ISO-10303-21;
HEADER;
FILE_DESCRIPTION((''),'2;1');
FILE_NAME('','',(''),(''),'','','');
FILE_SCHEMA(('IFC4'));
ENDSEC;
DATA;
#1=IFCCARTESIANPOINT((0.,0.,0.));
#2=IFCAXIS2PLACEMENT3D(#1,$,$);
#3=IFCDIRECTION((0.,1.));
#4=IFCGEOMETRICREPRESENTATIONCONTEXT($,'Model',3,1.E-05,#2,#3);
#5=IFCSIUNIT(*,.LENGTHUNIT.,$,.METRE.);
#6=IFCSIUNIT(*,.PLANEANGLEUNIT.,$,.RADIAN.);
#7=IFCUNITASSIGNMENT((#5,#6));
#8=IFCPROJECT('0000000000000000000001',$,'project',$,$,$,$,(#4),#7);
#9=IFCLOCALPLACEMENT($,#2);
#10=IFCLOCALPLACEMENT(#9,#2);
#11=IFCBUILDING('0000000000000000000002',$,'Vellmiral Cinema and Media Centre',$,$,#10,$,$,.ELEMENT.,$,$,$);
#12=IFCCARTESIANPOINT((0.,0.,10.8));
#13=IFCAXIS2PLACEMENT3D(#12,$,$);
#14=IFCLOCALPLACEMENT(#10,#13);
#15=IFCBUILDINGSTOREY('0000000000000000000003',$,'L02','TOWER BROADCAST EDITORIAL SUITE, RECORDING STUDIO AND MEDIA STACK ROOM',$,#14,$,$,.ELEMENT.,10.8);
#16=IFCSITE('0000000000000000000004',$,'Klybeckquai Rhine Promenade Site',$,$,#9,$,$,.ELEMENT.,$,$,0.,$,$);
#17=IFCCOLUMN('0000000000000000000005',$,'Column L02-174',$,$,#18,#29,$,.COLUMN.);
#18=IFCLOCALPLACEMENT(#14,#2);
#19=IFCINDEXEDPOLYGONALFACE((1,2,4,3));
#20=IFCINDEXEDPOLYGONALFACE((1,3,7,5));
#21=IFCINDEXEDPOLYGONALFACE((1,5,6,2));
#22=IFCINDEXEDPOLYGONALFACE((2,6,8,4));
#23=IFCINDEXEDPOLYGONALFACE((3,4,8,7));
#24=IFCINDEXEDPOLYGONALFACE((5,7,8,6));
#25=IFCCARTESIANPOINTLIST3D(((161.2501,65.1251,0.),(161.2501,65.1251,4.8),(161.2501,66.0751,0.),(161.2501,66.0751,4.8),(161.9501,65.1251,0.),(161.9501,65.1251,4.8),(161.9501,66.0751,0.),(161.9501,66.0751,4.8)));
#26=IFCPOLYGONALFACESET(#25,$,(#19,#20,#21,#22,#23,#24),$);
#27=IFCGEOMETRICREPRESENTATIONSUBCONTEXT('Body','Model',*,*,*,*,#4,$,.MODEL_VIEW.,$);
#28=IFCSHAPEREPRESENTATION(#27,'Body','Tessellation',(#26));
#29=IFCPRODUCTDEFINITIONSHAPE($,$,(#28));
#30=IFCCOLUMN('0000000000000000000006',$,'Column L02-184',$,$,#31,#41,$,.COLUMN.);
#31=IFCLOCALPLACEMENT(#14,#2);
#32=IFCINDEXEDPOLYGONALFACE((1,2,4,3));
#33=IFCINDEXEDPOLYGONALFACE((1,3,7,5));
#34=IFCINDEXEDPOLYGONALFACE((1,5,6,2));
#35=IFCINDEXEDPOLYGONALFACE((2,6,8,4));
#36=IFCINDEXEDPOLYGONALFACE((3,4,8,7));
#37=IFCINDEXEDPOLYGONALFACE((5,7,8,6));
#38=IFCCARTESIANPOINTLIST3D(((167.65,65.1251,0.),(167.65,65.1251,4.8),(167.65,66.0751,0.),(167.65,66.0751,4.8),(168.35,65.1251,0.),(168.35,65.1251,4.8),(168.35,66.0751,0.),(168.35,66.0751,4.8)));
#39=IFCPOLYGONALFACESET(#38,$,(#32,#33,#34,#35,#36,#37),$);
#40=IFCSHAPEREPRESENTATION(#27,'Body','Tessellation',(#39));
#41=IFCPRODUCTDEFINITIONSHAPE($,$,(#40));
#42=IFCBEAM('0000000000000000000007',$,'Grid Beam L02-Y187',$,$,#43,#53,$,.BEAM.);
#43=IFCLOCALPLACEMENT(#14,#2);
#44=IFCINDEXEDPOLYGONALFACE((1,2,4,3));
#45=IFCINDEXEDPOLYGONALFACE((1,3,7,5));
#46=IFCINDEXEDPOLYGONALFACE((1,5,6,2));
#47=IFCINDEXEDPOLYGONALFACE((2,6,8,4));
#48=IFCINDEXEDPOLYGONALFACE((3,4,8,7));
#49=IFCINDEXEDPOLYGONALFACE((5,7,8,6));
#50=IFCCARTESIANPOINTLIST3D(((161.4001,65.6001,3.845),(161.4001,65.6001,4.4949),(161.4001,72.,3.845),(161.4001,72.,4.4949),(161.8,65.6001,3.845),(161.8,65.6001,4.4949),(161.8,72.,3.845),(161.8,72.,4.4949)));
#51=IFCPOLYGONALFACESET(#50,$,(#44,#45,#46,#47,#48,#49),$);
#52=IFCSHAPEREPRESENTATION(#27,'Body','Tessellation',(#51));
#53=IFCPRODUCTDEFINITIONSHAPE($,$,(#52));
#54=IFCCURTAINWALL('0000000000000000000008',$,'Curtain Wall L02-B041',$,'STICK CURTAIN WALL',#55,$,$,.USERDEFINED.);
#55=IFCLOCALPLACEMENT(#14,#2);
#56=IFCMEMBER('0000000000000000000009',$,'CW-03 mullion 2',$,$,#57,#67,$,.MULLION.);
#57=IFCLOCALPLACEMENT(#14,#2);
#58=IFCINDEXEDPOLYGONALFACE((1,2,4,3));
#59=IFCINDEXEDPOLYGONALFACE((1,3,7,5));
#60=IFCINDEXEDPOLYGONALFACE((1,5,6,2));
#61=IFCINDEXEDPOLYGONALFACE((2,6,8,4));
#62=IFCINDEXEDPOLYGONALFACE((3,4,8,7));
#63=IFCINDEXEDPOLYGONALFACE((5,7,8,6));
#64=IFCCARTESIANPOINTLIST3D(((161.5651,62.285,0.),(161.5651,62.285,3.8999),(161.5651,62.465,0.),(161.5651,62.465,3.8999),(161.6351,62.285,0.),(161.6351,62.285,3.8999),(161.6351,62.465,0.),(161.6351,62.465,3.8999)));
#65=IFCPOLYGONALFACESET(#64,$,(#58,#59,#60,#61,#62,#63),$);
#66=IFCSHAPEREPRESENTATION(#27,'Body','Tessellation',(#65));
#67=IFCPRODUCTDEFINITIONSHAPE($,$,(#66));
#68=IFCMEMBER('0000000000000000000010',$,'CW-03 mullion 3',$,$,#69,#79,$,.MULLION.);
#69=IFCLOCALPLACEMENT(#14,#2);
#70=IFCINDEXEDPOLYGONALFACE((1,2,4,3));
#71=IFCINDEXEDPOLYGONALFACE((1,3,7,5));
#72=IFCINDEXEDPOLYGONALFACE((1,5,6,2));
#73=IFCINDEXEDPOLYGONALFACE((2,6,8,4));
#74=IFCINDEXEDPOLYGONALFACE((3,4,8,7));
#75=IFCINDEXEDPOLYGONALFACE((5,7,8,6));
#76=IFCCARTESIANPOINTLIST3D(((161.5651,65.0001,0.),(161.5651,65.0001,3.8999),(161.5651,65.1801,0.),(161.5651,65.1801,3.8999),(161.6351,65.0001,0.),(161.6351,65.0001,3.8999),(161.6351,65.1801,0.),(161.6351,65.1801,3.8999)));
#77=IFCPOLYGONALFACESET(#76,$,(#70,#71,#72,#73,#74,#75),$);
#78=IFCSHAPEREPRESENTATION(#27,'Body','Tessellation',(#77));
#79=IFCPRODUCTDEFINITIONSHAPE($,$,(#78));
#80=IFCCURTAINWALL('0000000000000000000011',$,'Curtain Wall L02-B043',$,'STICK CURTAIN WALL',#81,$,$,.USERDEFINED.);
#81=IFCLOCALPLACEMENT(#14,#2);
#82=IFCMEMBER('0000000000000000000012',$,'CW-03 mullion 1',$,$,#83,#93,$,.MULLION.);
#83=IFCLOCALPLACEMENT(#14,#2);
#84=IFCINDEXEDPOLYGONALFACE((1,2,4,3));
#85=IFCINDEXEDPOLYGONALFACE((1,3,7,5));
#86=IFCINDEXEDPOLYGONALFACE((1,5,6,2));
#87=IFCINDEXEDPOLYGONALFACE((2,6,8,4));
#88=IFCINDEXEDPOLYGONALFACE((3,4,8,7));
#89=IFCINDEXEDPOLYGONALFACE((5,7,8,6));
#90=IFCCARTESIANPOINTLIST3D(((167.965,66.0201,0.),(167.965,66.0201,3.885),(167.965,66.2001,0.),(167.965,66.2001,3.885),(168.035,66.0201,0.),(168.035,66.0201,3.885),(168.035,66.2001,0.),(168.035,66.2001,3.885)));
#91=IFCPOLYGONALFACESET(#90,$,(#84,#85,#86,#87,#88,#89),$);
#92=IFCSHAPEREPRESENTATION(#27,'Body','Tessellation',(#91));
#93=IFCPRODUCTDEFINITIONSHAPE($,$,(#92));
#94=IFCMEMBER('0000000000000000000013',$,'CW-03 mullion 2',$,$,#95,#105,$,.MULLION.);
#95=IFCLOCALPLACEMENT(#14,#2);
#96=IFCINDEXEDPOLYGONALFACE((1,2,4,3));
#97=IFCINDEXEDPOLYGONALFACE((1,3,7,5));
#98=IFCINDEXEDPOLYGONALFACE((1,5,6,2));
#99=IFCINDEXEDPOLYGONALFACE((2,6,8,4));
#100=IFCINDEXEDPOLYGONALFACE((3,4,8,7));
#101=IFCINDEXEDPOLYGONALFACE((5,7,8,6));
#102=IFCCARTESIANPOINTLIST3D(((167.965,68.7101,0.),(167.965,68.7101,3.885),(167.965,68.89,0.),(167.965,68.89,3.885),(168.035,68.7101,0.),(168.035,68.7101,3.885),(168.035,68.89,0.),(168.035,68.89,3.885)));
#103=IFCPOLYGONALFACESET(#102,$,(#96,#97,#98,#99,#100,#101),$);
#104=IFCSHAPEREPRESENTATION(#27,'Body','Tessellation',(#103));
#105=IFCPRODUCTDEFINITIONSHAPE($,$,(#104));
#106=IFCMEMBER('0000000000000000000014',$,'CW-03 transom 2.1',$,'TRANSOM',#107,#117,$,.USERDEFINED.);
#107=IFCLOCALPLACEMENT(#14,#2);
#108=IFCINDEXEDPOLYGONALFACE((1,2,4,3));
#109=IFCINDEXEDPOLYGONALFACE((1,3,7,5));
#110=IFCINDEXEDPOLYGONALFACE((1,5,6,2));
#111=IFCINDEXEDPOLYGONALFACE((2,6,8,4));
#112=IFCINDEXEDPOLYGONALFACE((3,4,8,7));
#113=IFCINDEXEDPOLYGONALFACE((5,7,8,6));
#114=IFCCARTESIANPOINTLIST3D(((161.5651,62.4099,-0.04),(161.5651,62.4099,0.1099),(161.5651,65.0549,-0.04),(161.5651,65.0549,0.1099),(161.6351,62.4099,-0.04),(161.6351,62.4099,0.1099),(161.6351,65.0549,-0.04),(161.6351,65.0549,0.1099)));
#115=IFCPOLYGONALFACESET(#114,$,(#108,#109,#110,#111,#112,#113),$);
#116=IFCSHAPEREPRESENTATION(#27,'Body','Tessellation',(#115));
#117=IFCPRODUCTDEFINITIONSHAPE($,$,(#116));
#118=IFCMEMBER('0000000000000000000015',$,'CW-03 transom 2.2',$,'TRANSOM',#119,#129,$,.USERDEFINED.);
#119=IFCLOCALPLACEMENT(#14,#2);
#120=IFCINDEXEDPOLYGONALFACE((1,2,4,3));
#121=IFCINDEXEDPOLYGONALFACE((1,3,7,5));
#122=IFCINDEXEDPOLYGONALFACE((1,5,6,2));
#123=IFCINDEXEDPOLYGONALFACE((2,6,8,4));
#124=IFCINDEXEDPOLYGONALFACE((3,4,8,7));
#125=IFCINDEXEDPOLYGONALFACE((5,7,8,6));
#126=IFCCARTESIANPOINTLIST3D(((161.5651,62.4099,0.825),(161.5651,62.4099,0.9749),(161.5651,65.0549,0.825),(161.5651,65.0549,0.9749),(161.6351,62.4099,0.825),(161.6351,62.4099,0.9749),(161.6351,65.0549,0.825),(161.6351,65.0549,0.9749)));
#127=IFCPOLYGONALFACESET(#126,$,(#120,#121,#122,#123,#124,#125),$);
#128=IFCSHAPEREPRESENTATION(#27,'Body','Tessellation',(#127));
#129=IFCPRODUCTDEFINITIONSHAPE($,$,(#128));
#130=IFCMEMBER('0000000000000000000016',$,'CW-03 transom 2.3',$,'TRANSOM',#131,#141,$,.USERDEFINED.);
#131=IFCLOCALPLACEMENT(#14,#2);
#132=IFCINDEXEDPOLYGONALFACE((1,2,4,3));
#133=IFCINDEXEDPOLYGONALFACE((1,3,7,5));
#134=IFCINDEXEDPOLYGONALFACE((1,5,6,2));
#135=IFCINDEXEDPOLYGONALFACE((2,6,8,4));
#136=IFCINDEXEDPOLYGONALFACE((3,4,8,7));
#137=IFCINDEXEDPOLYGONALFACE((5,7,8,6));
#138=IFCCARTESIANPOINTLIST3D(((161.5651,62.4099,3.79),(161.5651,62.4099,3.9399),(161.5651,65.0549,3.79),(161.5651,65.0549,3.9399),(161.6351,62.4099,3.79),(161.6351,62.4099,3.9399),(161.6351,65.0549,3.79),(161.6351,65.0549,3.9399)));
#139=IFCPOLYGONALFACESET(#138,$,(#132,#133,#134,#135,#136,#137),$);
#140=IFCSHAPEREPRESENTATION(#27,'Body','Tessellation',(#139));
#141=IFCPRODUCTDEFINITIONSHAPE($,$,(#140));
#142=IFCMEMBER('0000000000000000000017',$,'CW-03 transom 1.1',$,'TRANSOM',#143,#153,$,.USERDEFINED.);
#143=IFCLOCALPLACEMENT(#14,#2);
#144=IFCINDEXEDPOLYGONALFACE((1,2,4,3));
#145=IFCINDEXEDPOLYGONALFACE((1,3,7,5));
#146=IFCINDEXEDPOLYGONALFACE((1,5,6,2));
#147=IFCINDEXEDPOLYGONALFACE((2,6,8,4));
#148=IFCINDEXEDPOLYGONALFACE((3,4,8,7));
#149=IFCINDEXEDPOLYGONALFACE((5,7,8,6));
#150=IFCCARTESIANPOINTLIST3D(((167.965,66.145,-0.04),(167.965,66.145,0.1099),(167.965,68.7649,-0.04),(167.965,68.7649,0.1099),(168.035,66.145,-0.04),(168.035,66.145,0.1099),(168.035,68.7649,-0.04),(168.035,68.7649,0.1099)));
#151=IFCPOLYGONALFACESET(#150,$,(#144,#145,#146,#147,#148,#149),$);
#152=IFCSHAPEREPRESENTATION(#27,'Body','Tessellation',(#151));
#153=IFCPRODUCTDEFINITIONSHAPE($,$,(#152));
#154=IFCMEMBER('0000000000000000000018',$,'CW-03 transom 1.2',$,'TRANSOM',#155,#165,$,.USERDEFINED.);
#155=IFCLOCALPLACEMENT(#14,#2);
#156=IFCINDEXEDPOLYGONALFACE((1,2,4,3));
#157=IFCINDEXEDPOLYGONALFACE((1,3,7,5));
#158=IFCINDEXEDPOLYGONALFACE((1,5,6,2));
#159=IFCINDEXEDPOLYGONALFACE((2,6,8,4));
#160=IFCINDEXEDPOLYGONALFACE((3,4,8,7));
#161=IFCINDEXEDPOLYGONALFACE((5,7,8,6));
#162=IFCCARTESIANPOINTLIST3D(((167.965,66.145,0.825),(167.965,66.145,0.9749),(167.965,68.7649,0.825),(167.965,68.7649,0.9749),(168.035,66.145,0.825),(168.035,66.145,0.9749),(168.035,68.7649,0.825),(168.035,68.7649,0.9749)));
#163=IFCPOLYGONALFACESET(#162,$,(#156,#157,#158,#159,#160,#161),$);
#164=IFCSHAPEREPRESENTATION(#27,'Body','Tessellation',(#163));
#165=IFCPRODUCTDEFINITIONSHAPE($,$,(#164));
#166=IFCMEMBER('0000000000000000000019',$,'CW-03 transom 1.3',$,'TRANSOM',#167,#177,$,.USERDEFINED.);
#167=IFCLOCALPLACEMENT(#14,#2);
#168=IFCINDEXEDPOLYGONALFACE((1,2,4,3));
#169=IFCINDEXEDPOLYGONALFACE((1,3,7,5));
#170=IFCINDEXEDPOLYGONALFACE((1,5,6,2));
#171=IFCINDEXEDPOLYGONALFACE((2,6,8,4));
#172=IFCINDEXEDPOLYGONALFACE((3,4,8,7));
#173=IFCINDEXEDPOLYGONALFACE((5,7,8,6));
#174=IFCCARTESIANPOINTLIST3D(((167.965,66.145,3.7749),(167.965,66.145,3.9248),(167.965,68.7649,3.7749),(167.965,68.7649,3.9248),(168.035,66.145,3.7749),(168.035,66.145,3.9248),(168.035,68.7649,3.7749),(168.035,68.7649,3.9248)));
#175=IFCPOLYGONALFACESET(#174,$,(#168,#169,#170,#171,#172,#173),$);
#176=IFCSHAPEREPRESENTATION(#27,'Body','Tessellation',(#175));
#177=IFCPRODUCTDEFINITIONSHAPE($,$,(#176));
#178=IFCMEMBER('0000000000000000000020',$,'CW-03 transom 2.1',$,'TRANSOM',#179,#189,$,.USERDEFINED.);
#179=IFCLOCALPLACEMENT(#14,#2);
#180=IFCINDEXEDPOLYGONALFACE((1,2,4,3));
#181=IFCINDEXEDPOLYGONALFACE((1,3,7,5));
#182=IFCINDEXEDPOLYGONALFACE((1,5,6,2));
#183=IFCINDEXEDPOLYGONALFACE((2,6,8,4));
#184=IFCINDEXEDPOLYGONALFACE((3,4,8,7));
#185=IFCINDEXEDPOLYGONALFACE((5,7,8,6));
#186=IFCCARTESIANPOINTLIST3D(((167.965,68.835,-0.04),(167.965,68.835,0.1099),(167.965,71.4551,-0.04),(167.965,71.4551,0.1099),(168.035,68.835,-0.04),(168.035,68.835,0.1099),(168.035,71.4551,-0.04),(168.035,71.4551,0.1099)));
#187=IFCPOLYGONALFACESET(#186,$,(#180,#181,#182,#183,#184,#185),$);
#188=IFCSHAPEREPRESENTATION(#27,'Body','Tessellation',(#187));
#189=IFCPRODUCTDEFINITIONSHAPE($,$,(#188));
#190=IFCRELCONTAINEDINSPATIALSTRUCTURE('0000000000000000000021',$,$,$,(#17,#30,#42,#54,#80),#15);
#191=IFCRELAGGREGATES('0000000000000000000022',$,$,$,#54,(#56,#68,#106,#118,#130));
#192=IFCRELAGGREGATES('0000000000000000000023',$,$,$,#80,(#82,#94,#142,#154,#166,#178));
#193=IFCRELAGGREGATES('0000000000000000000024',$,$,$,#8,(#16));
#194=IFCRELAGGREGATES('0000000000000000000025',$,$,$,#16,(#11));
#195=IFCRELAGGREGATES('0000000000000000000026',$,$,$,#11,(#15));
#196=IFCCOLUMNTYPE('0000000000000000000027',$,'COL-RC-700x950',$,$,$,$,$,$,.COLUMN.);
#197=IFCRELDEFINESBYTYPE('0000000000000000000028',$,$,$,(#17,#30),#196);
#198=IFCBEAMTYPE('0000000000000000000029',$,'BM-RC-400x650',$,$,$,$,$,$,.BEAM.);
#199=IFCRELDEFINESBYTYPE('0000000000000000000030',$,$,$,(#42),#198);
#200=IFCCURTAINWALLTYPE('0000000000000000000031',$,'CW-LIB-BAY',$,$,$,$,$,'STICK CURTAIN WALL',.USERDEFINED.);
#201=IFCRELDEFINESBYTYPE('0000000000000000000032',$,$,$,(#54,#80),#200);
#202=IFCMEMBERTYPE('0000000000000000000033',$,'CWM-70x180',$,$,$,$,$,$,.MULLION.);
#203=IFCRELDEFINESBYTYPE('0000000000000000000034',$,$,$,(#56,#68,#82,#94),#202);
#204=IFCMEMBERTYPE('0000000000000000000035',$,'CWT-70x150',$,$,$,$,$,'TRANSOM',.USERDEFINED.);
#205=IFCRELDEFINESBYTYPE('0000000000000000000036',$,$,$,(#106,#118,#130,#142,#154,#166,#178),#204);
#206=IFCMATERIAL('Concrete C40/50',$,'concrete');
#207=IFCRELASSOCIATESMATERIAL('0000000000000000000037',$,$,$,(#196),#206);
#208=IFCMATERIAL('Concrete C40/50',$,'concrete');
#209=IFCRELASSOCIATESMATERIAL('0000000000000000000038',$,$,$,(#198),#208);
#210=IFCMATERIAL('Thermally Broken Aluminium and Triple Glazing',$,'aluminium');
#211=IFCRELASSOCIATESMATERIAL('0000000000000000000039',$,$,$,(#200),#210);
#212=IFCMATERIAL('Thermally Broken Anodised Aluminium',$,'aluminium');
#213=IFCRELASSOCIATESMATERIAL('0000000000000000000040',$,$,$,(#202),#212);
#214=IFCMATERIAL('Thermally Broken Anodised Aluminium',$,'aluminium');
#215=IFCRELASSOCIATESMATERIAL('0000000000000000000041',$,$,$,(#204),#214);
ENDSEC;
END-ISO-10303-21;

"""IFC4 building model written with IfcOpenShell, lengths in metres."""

from ifc_helpers import new_model, si_unit, direction, frame, origin, origin_2d, place, context, subcontext, project, spatial, rectangle, extrude, material, material_profile, profile_set, type_object, element, aggregate, save


model = new_model("IFC4")

# Units and contexts
model_context = context("Model", 3, precision=1e-05, world=origin(), true_north=direction((0.0, 1.0)))
body_context = subcontext(model_context, "Body", "Model", "MODEL_VIEW")
ifc_project = project(units=[si_unit("LENGTHUNIT", "METRE"), si_unit("PLANEANGLEUNIT", "RADIAN")], contexts=[model_context])

# Site, building, storey
site_placement = place(None, origin())
site = spatial("IfcSite", under=ifc_project, at=site_placement, Name="Klybeckquai Rhine Promenade Site", CompositionType="ELEMENT", RefElevation=0.0)
building_placement = place(site_placement, origin())
building = spatial("IfcBuilding", under=site, at=building_placement, Name="Vellmiral Cinema and Media Centre", CompositionType="ELEMENT")
storey_placement = place(building_placement, frame((0.0, 0.0, 10.8)))
storey = spatial("IfcBuildingStorey", under=building, at=storey_placement, Name="L02", Description="TOWER BROADCAST EDITORIAL SUITE, RECORDING STUDIO AND MEDIA STACK ROOM", CompositionType="ELEMENT", Elevation=10.8)

# Columns
ifc_material_1 = material(Name="Concrete C40/50", Category="concrete")
ifc_material_profile_1 = material_profile(ifc_material_1, rectangle(XDim=0.7, YDim=0.95, at=origin_2d()), Name="RC 700x950")
ifc_profile_set_1 = profile_set([ifc_material_profile_1], Name="Concrete C40/50")
column_type = type_object("IfcColumnType", Name="COL-RC-700x950", PredefinedType="COLUMN", material=ifc_profile_set_1)
for number, where, z_axis, x_axis, name in (
    (1, (161.6001, 65.6001, 0.0), (0.0, 0.0, 1.0), (1.0, 0.0, 0.0), "Column L02-174"),
    (2, (168.0, 65.6001, 0.0), (0.0, 0.0, 1.0), (1.0, 0.0, 0.0), "Column L02-184"),
):
    element("IfcColumn", number, at=place(storey_placement, frame(where, z_axis=z_axis, x_axis=x_axis)), inside=storey, type_object=column_type, Name=name, PredefinedType="COLUMN", context=body_context, shape_type="SweptSolid", body=[
        extrude(rectangle(XDim=0.7, YDim=0.95, at=origin_2d()), origin(), (0.0, 0.0, 1.0), 4.8),
    ])

# Beam
ifc_material_2 = material(Name="Concrete C40/50", Category="concrete")
ifc_material_profile_2 = material_profile(ifc_material_2, rectangle(XDim=0.3999, YDim=0.6499, at=origin_2d()), Name="RC 400x650")
ifc_profile_set_2 = profile_set([ifc_material_profile_2], Name="Concrete C40/50")
beam_type_1 = type_object("IfcBeamType", Name="BM-RC-400x650", PredefinedType="BEAM", material=ifc_profile_set_2)
beam_placement = place(storey_placement, frame((161.6001, 65.6001, 4.1699), z_axis=(0.0, 1.0, 0.0), x_axis=(-1.0, 0.0, 0.0)))
element("IfcBeam", 3, at=beam_placement, inside=storey, type_object=beam_type_1, Name="Grid Beam L02-Y187", PredefinedType="BEAM", context=body_context, shape_type="SweptSolid", body=[
    extrude(rectangle(XDim=0.3999, YDim=0.6499, at=origin_2d()), origin(), (0.0, 0.0, 1.0), 6.3999),
])

# Curtain walls, members
ifc_material_3 = material(Name="Thermally Broken Aluminium and Triple Glazing", Category="aluminium")
curtain_wall_type = type_object("IfcCurtainWallType", Name="CW-LIB-BAY", ElementType="STICK CURTAIN WALL", PredefinedType="USERDEFINED", material=ifc_material_3)
curtain_wall_1_placement = place(storey_placement, origin())
curtain_wall_1 = element("IfcCurtainWall", 4, at=curtain_wall_1_placement, inside=storey, type_object=curtain_wall_type, Name="Curtain Wall L02-B041", ObjectType="STICK CURTAIN WALL", PredefinedType="USERDEFINED")
ifc_material_4 = material(Name="Thermally Broken Anodised Aluminium", Category="aluminium")
ifc_material_profile_3 = material_profile(ifc_material_4, rectangle(XDim=0.0701, YDim=0.1799, at=origin_2d()), Name="MULL 70x180")
ifc_profile_set_3 = profile_set([ifc_material_profile_3], Name="Thermally Broken Anodised Aluminium")
member_type_1 = type_object("IfcMemberType", Name="CWM-70x180", PredefinedType="MULLION", material=ifc_profile_set_3)
member_1_placement = place(storey_placement, frame((161.6001, 62.375, 0.0), z_axis=(0.0, 0.0, 1.0), x_axis=(-1.0, 0.0, 0.0)))
member_1 = element("IfcMember", 5, at=member_1_placement, type_object=member_type_1, Name="CW-03 mullion 2", PredefinedType="MULLION", context=body_context, shape_type="SweptSolid", body=[
    extrude(rectangle(XDim=0.0701, YDim=0.1799, at=origin_2d()), origin(), (0.0, 0.0, 1.0), 3.8999),
])
member_2_placement = place(storey_placement, frame((161.6001, 65.0901, 0.0), z_axis=(0.0, 0.0, 1.0), x_axis=(-1.0, 0.0, 0.0)))
member_2 = element("IfcMember", 6, at=member_2_placement, type_object=member_type_1, Name="CW-03 mullion 3", PredefinedType="MULLION", context=body_context, shape_type="SweptSolid", body=[
    extrude(rectangle(XDim=0.0701, YDim=0.1799, at=origin_2d()), origin(), (0.0, 0.0, 1.0), 3.8999),
])
curtain_wall_2_placement = place(storey_placement, origin())
curtain_wall_2 = element("IfcCurtainWall", 7, at=curtain_wall_2_placement, inside=storey, type_object=curtain_wall_type, Name="Curtain Wall L02-B043", ObjectType="STICK CURTAIN WALL", PredefinedType="USERDEFINED")
member_3_placement = place(storey_placement, frame((168.0, 66.1101, 0.0), z_axis=(0.0, 0.0, 1.0), x_axis=(-1.0, 0.0, 0.0)))
member_3 = element("IfcMember", 8, at=member_3_placement, type_object=member_type_1, Name="CW-03 mullion 1", PredefinedType="MULLION", context=body_context, shape_type="SweptSolid", body=[
    extrude(rectangle(XDim=0.0701, YDim=0.1799, at=origin_2d()), origin(), (0.0, 0.0, 1.0), 3.885),
])
member_4_placement = place(storey_placement, frame((168.0, 68.8, 0.0), z_axis=(0.0, 0.0, 1.0), x_axis=(-1.0, 0.0, 0.0)))
member_4 = element("IfcMember", 9, at=member_4_placement, type_object=member_type_1, Name="CW-03 mullion 2", PredefinedType="MULLION", context=body_context, shape_type="SweptSolid", body=[
    extrude(rectangle(XDim=0.0701, YDim=0.1799, at=origin_2d()), origin(), (0.0, 0.0, 1.0), 3.885),
])

# Members
ifc_material_5 = material(Name="Thermally Broken Anodised Aluminium", Category="aluminium")
ifc_material_profile_4 = material_profile(ifc_material_5, rectangle(XDim=0.0701, YDim=0.1499, at=origin_2d()), Name="MULL 70x150")
ifc_profile_set_4 = profile_set([ifc_material_profile_4], Name="Thermally Broken Anodised Aluminium")
member_type_2 = type_object("IfcMemberType", Name="CWT-70x150", ElementType="TRANSOM", PredefinedType="USERDEFINED", material=ifc_profile_set_4)
member_5_placement = place(storey_placement, frame((161.6001, 62.4099, 0.0349), z_axis=(0.0, 1.0, 0.0), x_axis=(-1.0, 0.0, 0.0)))
member_5 = element("IfcMember", 10, at=member_5_placement, type_object=member_type_2, Name="CW-03 transom 2.1", ObjectType="TRANSOM", PredefinedType="USERDEFINED", context=body_context, shape_type="SweptSolid", body=[
    extrude(rectangle(XDim=0.0701, YDim=0.1499, at=origin_2d()), origin(), (0.0, 0.0, 1.0), 2.645),
])
member_6_placement = place(storey_placement, frame((161.6001, 62.4099, 0.8999), z_axis=(0.0, 1.0, 0.0), x_axis=(-1.0, 0.0, 0.0)))
member_6 = element("IfcMember", 11, at=member_6_placement, type_object=member_type_2, Name="CW-03 transom 2.2", ObjectType="TRANSOM", PredefinedType="USERDEFINED", context=body_context, shape_type="SweptSolid", body=[
    extrude(rectangle(XDim=0.0701, YDim=0.1499, at=origin_2d()), origin(), (0.0, 0.0, 1.0), 2.645),
])
member_7_placement = place(storey_placement, frame((161.6001, 62.4099, 3.865), z_axis=(0.0, 1.0, 0.0), x_axis=(-1.0, 0.0, 0.0)))
member_7 = element("IfcMember", 12, at=member_7_placement, type_object=member_type_2, Name="CW-03 transom 2.3", ObjectType="TRANSOM", PredefinedType="USERDEFINED", context=body_context, shape_type="SweptSolid", body=[
    extrude(rectangle(XDim=0.0701, YDim=0.1499, at=origin_2d()), origin(), (0.0, 0.0, 1.0), 2.645),
])
member_8_placement = place(storey_placement, frame((168.0, 66.145, 0.0349), z_axis=(0.0, 1.0, 0.0), x_axis=(-1.0, 0.0, 0.0)))
member_8 = element("IfcMember", 13, at=member_8_placement, type_object=member_type_2, Name="CW-03 transom 1.1", ObjectType="TRANSOM", PredefinedType="USERDEFINED", context=body_context, shape_type="SweptSolid", body=[
    extrude(rectangle(XDim=0.0701, YDim=0.1499, at=origin_2d()), origin(), (0.0, 0.0, 1.0), 2.6199),
])
member_9_placement = place(storey_placement, frame((168.0, 66.145, 0.8999), z_axis=(0.0, 1.0, 0.0), x_axis=(-1.0, 0.0, 0.0)))
member_9 = element("IfcMember", 14, at=member_9_placement, type_object=member_type_2, Name="CW-03 transom 1.2", ObjectType="TRANSOM", PredefinedType="USERDEFINED", context=body_context, shape_type="SweptSolid", body=[
    extrude(rectangle(XDim=0.0701, YDim=0.1499, at=origin_2d()), origin(), (0.0, 0.0, 1.0), 2.6199),
])
member_10_placement = place(storey_placement, frame((168.0, 66.145, 3.8499), z_axis=(0.0, 1.0, 0.0), x_axis=(-1.0, 0.0, 0.0)))
member_10 = element("IfcMember", 15, at=member_10_placement, type_object=member_type_2, Name="CW-03 transom 1.3", ObjectType="TRANSOM", PredefinedType="USERDEFINED", context=body_context, shape_type="SweptSolid", body=[
    extrude(rectangle(XDim=0.0701, YDim=0.1499, at=origin_2d()), origin(), (0.0, 0.0, 1.0), 2.6199),
])
member_11_placement = place(storey_placement, frame((168.0, 68.835, 0.0349), z_axis=(0.0, 1.0, 0.0), x_axis=(-1.0, 0.0, 0.0)))
member_11 = element("IfcMember", 16, at=member_11_placement, type_object=member_type_2, Name="CW-03 transom 2.1", ObjectType="TRANSOM", PredefinedType="USERDEFINED", context=body_context, shape_type="SweptSolid", body=[
    extrude(rectangle(XDim=0.0701, YDim=0.1499, at=origin_2d()), origin(), (0.0, 0.0, 1.0), 2.6201),
])

aggregate(curtain_wall_1, [member_1, member_2, member_5, member_6, member_7])
aggregate(curtain_wall_2, [member_3, member_4, member_8, member_9, member_10, member_11])

save(model, "model.ifc")
